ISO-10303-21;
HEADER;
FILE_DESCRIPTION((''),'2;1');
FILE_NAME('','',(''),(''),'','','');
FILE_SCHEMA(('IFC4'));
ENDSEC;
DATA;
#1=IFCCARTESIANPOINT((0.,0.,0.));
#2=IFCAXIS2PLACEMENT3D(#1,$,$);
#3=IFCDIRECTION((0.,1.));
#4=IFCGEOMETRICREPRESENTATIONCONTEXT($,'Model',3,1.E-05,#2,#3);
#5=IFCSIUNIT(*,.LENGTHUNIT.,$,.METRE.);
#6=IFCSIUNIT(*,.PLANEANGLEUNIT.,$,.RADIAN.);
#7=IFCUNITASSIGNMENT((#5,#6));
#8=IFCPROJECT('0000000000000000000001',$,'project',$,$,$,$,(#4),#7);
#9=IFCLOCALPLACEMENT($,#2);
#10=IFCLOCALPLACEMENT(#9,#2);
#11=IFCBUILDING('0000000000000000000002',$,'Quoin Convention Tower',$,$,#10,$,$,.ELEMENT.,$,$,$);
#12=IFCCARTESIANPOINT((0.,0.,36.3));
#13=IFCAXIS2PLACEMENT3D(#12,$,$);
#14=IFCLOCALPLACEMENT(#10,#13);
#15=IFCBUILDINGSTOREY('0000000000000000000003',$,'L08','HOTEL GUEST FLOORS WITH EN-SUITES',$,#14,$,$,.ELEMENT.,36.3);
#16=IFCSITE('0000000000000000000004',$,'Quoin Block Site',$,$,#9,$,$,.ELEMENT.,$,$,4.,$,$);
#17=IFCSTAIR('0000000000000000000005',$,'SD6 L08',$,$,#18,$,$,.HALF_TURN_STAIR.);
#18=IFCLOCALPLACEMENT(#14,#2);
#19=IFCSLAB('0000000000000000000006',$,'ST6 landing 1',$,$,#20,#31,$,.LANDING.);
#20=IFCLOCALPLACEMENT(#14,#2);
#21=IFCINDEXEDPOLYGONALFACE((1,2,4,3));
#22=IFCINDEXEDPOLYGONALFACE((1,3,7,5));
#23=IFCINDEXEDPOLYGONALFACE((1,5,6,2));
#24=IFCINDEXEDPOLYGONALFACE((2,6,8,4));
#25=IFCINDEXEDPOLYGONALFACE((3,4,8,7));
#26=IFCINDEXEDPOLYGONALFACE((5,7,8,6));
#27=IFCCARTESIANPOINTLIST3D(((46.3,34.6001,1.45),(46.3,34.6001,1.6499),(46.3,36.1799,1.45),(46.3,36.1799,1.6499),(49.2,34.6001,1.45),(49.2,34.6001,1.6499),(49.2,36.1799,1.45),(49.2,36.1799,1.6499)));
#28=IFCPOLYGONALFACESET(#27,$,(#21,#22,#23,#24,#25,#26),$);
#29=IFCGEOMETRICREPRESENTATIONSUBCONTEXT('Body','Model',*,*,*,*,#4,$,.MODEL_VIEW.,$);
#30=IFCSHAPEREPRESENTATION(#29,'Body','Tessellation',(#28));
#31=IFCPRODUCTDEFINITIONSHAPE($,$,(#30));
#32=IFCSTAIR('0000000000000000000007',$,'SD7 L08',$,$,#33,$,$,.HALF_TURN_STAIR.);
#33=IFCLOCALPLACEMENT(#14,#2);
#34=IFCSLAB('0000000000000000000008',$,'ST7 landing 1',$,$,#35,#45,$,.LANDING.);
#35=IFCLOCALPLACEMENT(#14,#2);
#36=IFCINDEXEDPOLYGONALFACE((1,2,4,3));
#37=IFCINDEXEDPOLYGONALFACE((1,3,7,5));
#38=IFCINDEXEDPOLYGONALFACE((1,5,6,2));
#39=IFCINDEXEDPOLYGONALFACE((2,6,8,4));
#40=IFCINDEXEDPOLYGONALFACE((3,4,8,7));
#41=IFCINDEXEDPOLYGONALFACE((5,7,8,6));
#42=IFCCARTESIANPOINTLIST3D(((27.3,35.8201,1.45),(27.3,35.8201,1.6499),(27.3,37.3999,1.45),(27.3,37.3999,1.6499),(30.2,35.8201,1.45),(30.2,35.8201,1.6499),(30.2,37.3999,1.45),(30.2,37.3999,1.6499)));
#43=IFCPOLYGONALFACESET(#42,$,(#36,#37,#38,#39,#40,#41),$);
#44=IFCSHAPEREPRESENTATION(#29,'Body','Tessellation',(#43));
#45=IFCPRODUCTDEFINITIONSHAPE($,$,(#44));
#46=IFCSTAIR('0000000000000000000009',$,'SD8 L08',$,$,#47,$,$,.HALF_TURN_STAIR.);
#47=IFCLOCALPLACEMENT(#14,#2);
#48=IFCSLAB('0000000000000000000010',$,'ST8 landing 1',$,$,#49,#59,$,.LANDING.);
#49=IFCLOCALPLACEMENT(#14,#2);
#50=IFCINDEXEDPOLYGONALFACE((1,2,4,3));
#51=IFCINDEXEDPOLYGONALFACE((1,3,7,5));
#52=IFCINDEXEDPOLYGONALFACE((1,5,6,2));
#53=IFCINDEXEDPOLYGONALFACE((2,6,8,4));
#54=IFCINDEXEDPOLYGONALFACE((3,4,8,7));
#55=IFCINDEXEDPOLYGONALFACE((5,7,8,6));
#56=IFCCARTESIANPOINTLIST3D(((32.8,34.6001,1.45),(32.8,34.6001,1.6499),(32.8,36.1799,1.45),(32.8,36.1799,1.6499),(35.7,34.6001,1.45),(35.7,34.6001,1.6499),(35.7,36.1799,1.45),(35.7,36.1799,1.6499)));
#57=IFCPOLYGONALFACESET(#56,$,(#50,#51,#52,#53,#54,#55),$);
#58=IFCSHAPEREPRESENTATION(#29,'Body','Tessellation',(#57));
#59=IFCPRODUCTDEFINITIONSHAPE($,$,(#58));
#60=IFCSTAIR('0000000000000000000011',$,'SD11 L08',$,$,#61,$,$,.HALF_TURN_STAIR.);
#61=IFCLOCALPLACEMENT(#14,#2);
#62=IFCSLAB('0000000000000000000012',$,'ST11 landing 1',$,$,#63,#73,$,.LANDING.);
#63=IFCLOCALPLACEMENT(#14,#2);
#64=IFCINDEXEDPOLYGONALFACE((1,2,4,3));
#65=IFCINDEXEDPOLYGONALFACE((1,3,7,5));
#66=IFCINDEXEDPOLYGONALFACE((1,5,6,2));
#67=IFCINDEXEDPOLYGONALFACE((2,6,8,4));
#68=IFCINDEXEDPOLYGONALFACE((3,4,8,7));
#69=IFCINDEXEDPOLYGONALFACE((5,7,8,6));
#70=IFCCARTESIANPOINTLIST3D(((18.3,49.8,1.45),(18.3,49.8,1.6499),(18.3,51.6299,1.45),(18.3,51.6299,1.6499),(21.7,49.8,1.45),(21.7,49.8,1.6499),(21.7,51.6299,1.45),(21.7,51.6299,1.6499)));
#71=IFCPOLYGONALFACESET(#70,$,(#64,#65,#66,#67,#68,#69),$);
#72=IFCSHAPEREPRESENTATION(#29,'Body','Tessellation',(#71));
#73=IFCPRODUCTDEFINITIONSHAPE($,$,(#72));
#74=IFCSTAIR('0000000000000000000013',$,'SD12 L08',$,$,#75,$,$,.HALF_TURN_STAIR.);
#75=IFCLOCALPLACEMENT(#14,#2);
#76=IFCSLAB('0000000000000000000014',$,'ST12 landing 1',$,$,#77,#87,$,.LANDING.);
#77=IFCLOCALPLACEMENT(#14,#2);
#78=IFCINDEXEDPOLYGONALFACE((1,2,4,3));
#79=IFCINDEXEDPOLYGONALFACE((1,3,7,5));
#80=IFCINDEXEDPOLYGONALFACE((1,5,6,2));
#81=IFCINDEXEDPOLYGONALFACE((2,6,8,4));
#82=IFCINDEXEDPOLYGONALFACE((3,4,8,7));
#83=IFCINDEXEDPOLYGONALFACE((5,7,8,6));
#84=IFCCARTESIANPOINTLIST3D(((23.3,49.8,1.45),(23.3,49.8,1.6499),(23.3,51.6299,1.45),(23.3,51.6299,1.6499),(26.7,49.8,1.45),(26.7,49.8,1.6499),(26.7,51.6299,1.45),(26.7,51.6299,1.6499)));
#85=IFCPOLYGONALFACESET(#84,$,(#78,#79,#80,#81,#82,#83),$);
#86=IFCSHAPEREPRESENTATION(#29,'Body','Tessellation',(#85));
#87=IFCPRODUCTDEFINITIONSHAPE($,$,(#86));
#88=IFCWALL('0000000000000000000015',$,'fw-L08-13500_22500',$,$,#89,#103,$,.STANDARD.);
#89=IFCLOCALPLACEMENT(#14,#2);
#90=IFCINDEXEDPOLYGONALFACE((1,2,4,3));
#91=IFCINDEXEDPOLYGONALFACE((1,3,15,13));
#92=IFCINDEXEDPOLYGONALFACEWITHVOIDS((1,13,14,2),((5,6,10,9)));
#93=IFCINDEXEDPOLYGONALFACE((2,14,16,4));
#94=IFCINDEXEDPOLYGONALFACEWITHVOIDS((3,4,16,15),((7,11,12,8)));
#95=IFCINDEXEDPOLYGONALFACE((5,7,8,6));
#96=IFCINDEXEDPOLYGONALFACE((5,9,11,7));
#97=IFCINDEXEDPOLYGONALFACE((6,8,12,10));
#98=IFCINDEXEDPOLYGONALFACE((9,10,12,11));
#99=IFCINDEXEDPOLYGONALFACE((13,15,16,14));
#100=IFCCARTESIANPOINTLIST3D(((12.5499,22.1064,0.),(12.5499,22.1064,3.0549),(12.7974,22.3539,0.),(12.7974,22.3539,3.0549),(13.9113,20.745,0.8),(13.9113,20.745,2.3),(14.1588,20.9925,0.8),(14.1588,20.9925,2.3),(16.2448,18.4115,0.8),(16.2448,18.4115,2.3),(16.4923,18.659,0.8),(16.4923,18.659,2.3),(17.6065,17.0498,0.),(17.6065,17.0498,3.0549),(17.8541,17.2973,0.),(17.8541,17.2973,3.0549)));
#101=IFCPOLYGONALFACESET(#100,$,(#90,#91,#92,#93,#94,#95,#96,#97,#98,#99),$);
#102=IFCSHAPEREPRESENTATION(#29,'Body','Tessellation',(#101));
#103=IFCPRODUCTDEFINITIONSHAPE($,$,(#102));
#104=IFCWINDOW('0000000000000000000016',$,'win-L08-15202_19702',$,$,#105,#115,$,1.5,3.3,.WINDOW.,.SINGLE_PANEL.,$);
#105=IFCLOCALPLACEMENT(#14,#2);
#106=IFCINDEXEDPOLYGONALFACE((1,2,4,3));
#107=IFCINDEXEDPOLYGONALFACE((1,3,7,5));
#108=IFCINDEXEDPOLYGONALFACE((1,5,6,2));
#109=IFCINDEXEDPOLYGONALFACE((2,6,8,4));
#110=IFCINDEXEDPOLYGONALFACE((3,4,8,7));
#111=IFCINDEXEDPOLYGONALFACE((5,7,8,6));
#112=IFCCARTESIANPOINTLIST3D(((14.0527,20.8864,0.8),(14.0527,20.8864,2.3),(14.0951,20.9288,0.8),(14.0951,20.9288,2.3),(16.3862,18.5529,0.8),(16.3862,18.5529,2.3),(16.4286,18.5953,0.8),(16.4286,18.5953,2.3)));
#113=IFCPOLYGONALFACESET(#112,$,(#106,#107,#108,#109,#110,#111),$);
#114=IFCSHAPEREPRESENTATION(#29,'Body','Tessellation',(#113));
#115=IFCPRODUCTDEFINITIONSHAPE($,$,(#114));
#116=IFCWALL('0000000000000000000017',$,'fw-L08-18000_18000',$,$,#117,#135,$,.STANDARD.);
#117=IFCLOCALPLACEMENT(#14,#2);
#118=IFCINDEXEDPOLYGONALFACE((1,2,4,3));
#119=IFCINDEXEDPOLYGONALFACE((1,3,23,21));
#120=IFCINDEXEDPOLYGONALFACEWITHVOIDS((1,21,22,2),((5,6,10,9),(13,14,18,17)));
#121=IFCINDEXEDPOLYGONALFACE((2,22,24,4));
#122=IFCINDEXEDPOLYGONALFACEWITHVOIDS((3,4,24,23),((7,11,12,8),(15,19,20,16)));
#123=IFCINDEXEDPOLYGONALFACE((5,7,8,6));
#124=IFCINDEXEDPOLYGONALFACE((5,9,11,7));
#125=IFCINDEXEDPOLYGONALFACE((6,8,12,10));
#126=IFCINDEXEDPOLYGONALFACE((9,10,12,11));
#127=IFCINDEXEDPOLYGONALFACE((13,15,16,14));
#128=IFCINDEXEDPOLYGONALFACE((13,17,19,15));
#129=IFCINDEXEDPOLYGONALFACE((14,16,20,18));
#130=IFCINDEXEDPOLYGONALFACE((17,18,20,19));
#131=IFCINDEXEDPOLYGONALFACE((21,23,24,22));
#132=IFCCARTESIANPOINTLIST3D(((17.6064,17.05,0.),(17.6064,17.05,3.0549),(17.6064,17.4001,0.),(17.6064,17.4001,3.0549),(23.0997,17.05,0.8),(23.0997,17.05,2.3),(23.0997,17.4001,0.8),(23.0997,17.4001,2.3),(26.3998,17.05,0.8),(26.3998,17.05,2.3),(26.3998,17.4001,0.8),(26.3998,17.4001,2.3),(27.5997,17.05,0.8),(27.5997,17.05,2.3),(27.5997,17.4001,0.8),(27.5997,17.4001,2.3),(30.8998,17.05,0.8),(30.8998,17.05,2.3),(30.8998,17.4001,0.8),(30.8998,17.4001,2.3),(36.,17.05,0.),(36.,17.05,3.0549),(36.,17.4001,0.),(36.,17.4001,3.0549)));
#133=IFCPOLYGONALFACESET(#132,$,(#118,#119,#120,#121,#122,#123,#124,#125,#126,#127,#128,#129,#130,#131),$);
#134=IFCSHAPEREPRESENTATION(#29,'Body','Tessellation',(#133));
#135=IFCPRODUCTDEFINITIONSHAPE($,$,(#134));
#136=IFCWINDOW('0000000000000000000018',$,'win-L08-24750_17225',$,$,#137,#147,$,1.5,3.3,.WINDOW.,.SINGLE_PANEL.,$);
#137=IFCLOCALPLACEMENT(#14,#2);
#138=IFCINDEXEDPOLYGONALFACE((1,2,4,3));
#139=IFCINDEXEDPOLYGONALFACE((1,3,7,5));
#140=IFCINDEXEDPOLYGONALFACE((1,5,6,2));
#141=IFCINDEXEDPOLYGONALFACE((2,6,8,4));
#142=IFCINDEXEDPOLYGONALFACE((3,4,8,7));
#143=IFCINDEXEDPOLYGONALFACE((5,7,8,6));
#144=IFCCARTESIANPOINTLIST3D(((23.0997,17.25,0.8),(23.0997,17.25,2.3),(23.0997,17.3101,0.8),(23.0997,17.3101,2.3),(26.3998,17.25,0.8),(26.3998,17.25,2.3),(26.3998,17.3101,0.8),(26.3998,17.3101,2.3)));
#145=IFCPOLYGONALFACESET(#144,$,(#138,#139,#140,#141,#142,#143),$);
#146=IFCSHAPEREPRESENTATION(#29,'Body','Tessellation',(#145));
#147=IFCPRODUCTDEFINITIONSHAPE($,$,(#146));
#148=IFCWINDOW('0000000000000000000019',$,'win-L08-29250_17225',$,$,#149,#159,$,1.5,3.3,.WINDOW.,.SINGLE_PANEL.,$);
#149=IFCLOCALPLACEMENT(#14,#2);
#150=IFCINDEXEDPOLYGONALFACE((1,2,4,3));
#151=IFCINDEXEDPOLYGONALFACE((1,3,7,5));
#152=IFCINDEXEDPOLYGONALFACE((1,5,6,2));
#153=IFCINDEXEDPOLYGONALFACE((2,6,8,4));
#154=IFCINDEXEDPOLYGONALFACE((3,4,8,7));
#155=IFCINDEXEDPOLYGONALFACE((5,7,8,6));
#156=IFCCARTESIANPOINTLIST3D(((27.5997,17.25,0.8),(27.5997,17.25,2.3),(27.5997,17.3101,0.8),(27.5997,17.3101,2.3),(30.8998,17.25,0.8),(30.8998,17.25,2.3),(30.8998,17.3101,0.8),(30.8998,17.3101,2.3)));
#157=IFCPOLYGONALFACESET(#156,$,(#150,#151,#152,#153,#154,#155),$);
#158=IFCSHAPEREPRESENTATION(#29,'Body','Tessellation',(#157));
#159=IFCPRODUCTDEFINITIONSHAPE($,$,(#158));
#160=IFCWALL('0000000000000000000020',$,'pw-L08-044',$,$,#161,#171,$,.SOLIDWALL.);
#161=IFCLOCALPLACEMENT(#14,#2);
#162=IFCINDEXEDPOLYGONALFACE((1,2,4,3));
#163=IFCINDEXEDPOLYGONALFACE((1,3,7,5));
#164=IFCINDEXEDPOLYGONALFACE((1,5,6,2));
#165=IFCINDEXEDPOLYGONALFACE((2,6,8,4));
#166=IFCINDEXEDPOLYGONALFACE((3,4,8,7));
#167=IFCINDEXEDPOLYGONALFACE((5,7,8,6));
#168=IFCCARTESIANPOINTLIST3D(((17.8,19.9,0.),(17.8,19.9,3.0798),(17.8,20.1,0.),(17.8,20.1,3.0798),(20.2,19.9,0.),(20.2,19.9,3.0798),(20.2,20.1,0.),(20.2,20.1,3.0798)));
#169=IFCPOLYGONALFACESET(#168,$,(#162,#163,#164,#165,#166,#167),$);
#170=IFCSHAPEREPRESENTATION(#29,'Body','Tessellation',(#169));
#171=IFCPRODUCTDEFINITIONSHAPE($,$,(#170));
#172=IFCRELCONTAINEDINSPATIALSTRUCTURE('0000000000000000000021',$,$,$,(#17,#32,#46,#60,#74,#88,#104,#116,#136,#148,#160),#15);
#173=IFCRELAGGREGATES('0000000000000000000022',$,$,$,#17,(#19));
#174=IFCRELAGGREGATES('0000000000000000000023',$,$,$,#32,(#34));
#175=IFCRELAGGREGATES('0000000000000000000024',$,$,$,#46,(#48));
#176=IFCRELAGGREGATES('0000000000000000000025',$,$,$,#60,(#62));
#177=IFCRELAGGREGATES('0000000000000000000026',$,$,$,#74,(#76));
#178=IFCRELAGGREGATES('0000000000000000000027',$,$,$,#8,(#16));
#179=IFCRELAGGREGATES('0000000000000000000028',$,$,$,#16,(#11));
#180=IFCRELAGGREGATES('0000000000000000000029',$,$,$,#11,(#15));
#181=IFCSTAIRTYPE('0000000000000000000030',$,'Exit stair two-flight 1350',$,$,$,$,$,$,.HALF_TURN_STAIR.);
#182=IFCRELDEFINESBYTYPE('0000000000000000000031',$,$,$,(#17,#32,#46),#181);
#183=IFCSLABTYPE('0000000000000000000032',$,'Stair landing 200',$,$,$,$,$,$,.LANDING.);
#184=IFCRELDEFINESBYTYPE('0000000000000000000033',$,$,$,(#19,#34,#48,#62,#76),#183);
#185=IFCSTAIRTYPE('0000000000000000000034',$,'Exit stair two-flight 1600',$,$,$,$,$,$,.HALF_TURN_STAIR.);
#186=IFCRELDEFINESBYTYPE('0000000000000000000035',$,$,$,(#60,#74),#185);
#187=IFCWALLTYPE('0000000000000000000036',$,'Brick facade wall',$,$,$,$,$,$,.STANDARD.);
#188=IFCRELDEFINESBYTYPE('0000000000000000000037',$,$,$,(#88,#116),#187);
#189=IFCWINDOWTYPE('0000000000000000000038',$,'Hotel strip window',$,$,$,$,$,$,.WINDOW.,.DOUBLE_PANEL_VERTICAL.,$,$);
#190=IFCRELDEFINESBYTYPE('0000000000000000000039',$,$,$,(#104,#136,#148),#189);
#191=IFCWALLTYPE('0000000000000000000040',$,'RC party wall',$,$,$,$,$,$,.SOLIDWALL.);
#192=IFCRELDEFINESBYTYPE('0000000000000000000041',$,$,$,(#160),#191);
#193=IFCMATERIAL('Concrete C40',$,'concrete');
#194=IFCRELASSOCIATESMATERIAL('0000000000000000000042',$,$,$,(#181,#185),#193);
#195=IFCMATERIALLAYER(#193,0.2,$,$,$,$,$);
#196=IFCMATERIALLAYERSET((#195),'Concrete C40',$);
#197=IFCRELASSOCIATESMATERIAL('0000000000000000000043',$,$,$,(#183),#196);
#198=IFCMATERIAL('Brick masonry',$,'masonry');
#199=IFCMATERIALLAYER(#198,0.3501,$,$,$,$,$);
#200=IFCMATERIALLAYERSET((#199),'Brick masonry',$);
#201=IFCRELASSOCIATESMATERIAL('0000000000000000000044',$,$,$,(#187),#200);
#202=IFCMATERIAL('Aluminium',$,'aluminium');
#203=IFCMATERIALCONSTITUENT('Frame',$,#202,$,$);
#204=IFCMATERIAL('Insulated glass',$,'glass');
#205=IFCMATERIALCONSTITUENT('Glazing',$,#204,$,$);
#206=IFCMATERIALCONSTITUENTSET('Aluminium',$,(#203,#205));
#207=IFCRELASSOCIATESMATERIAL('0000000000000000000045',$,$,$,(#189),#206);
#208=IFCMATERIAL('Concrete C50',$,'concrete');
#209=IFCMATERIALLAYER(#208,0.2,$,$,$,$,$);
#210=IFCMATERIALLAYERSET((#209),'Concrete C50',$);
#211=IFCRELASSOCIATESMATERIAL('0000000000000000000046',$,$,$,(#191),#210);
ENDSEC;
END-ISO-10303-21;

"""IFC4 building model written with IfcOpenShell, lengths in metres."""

from ifc_helpers import new_model, si_unit, direction, frame, frame_2d, origin, place, context, subcontext, project, spatial, polyline, rectangle, outline, extrude, material, layer, layer_set, constituent, constituent_set, type_object, element, fill, aggregate, save


model = new_model("IFC4")

# Units and contexts
model_context = context("Model", 3, precision=1e-05, world=origin(), true_north=direction((0.0, 1.0)))
body_context = subcontext(model_context, "Body", "Model", "MODEL_VIEW")
ifc_project = project(units=[si_unit("LENGTHUNIT", "METRE"), si_unit("PLANEANGLEUNIT", "RADIAN")], contexts=[model_context])

# Site, building, storey
site_placement = place(None, origin())
site = spatial("IfcSite", under=ifc_project, at=site_placement, Name="Quoin Block Site", CompositionType="ELEMENT", RefElevation=4.0)
building_placement = place(site_placement, origin())
building = spatial("IfcBuilding", under=site, at=building_placement, Name="Quoin Convention Tower", CompositionType="ELEMENT")
storey_placement = place(building_placement, frame((0.0, 0.0, 36.3)))
storey = spatial("IfcBuildingStorey", under=building, at=storey_placement, Name="L08", Description="HOTEL GUEST FLOORS WITH EN-SUITES", CompositionType="ELEMENT", Elevation=36.3)

# Shared definitions
ifc_material_1 = material(Name="Concrete C50", Category="concrete")

# Stairs, slabs
ifc_material_2 = material(Name="Concrete C40", Category="concrete")
stair_type_1 = type_object("IfcStairType", Name="Exit stair two-flight 1350", PredefinedType="HALF_TURN_STAIR", material=ifc_material_2)
ifc_layer_1 = layer(ifc_material_2, 0.2)
ifc_layer_set_1 = layer_set([ifc_layer_1], Name="Concrete C40")
slab_type_1 = type_object("IfcSlabType", Name="Stair landing 200", PredefinedType="LANDING", material=ifc_layer_set_1)
stair_1_placement = place(storey_placement, origin())
stair_1 = element("IfcStair", 1, at=stair_1_placement, inside=storey, type_object=stair_type_1, Name="SD6 L08", PredefinedType="HALF_TURN_STAIR")
slab_1_placement = place(storey_placement, frame((0.0, 0.0, 1.45)))
slab_1 = element("IfcSlab", 2, at=slab_1_placement, type_object=slab_type_1, Name="ST6 landing 1", PredefinedType="LANDING", context=body_context, shape_type="SweptSolid", body=[
    extrude(outline(polyline([(49.2, 36.1799), (46.3, 36.1799), (46.3, 34.6001), (49.2, 34.6001), (49.2, 36.1799)])), origin(), (0.0, 0.0, 1.0), 0.2),
])
aggregate(stair_1, [slab_1])
stair_2_placement = place(storey_placement, origin())
stair_2 = element("IfcStair", 3, at=stair_2_placement, inside=storey, type_object=stair_type_1, Name="SD7 L08", PredefinedType="HALF_TURN_STAIR")
slab_2_placement = place(storey_placement, frame((0.0, 0.0, 1.45)))
slab_2 = element("IfcSlab", 4, at=slab_2_placement, type_object=slab_type_1, Name="ST7 landing 1", PredefinedType="LANDING", context=body_context, shape_type="SweptSolid", body=[
    extrude(outline(polyline([(27.3, 35.8201), (30.2, 35.8201), (30.2, 37.3999), (27.3, 37.3999), (27.3, 35.8201)])), origin(), (0.0, 0.0, 1.0), 0.2),
])
aggregate(stair_2, [slab_2])
stair_3_placement = place(storey_placement, origin())
stair_3 = element("IfcStair", 5, at=stair_3_placement, inside=storey, type_object=stair_type_1, Name="SD8 L08", PredefinedType="HALF_TURN_STAIR")
slab_3_placement = place(storey_placement, frame((0.0, 0.0, 1.45)))
slab_3 = element("IfcSlab", 6, at=slab_3_placement, type_object=slab_type_1, Name="ST8 landing 1", PredefinedType="LANDING", context=body_context, shape_type="SweptSolid", body=[
    extrude(outline(polyline([(35.7, 36.1799), (32.8, 36.1799), (32.8, 34.6001), (35.7, 34.6001), (35.7, 36.1799)])), origin(), (0.0, 0.0, 1.0), 0.2),
])
aggregate(stair_3, [slab_3])
stair_type_2 = type_object("IfcStairType", Name="Exit stair two-flight 1600", PredefinedType="HALF_TURN_STAIR", material=ifc_material_2)
stair_4_placement = place(storey_placement, origin())
stair_4 = element("IfcStair", 7, at=stair_4_placement, inside=storey, type_object=stair_type_2, Name="SD11 L08", PredefinedType="HALF_TURN_STAIR")
slab_4_placement = place(storey_placement, frame((0.0, 0.0, 1.45)))
slab_4 = element("IfcSlab", 8, at=slab_4_placement, type_object=slab_type_1, Name="ST11 landing 1", PredefinedType="LANDING", context=body_context, shape_type="SweptSolid", body=[
    extrude(outline(polyline([(21.7, 51.6299), (18.3, 51.6299), (18.3, 49.8), (21.7, 49.8), (21.7, 51.6299)])), origin(), (0.0, 0.0, 1.0), 0.2),
])
aggregate(stair_4, [slab_4])
stair_5_placement = place(storey_placement, origin())
stair_5 = element("IfcStair", 9, at=stair_5_placement, inside=storey, type_object=stair_type_2, Name="SD12 L08", PredefinedType="HALF_TURN_STAIR")
slab_5_placement = place(storey_placement, frame((0.0, 0.0, 1.45)))
slab_5 = element("IfcSlab", 10, at=slab_5_placement, type_object=slab_type_1, Name="ST12 landing 1", PredefinedType="LANDING", context=body_context, shape_type="SweptSolid", body=[
    extrude(outline(polyline([(26.7, 51.6299), (23.3, 51.6299), (23.3, 49.8), (26.7, 49.8), (26.7, 51.6299)])), origin(), (0.0, 0.0, 1.0), 0.2),
])
aggregate(stair_5, [slab_5])

# Wall, opening, window
ifc_material_3 = material(Name="Brick masonry", Category="masonry")
ifc_layer_2 = layer(ifc_material_3, 0.3501)
ifc_layer_set_2 = layer_set([ifc_layer_2], Name="Brick masonry")
wall_type_1 = type_object("IfcWallType", Name="Brick facade wall", PredefinedType="STANDARD", material=ifc_layer_set_2)
wall_1_placement = place(storey_placement, frame((12.6736, 22.2302, 0.0), z_axis=(0.0, 0.0, 1.0), x_axis=(0.707107, -0.707107, 0.0)))
wall_1 = element("IfcWall", 11, at=wall_1_placement, inside=storey, type_object=wall_type_1, Name="fw-L08-13500_22500", PredefinedType="STANDARD", context=body_context, shape_type="SweptSolid", body=[
    extrude(rectangle(XDim=7.1511, YDim=0.3501, at=frame_2d((3.5757, 0.0))), origin(), (0.0, 0.0, 1.0), 3.0549),
])
opening_1_placement = place(wall_1_placement, frame((1.9255, 0.0, 0.8)))
opening_1 = element("IfcOpeningElement", 12, at=opening_1_placement, cuts=wall_1, PredefinedType="OPENING", context=body_context, shape_type="SweptSolid", body=[
    extrude(rectangle(XDim=3.3, YDim=1.5, at=frame_2d((1.6499, 0.75))), frame((0.0, 0.1851, 0.0), z_axis=(0.0, -1.0, 0.0), x_axis=(1.0, 0.0, 0.0)), (0.0, 0.0, 1.0), 0.3701),
])
ifc_material_4 = material(Name="Aluminium", Category="aluminium")
ifc_constituent_1 = constituent(ifc_material_4, Name="Frame")
ifc_material_5 = material(Name="Insulated glass", Category="glass")
ifc_constituent_2 = constituent(ifc_material_5, Name="Glazing")
ifc_constituent_set = constituent_set(constituents=[ifc_constituent_1, ifc_constituent_2], Name="Aluminium")
window_type = type_object("IfcWindowType", Name="Hotel strip window", PartitioningType="DOUBLE_PANEL_VERTICAL", PredefinedType="WINDOW", material=ifc_constituent_set)
window_1_placement = place(opening_1_placement, origin())
window_1 = element("IfcWindow", 13, at=window_1_placement, inside=storey, type_object=window_type, Name="win-L08-15202_19702", OverallHeight=1.5, OverallWidth=3.3, PartitioningType="SINGLE_PANEL", PredefinedType="WINDOW", context=body_context, shape_type="SweptSolid", body=[
    extrude(rectangle(XDim=3.3, YDim=1.5, at=frame_2d((1.6499, 0.75))), frame((0.0, 0.085, 0.0), z_axis=(0.0, -1.0, 0.0), x_axis=(1.0, 0.0, 0.0)), (0.0, 0.0, 1.0), 0.0601),
])
fill(opening_1, window_1)

# Wall, openings, windows
wall_2_placement = place(storey_placement, frame((17.6064, 17.2251, 0.0), z_axis=(0.0, 0.0, 1.0), x_axis=(1.0, 0.0, 0.0)))
wall_2 = element("IfcWall", 14, at=wall_2_placement, inside=storey, type_object=wall_type_1, Name="fw-L08-18000_18000", PredefinedType="STANDARD", context=body_context, shape_type="SweptSolid", body=[
    extrude(rectangle(XDim=18.3936, YDim=0.3501, at=frame_2d((9.1968, 0.0))), origin(), (0.0, 0.0, 1.0), 3.0549),
])
opening_2_placement = place(wall_2_placement, frame((5.4934, 0.0, 0.8)))
opening_2 = element("IfcOpeningElement", 15, at=opening_2_placement, cuts=wall_2, PredefinedType="OPENING", context=body_context, shape_type="SweptSolid", body=[
    extrude(rectangle(XDim=3.3, YDim=1.5, at=frame_2d((1.6499, 0.75))), frame((0.0, 0.1851, 0.0), z_axis=(0.0, -1.0, 0.0), x_axis=(1.0, 0.0, 0.0)), (0.0, 0.0, 1.0), 0.3701),
])
opening_3_placement = place(wall_2_placement, frame((9.9934, 0.0, 0.8)))
opening_3 = element("IfcOpeningElement", 16, at=opening_3_placement, cuts=wall_2, PredefinedType="OPENING", context=body_context, shape_type="SweptSolid", body=[
    extrude(rectangle(XDim=3.3, YDim=1.5, at=frame_2d((1.6499, 0.75))), frame((0.0, 0.1851, 0.0), z_axis=(0.0, -1.0, 0.0), x_axis=(1.0, 0.0, 0.0)), (0.0, 0.0, 1.0), 0.3701),
])
window_2_placement = place(opening_2_placement, origin())
window_2 = element("IfcWindow", 17, at=window_2_placement, inside=storey, type_object=window_type, Name="win-L08-24750_17225", OverallHeight=1.5, OverallWidth=3.3, PartitioningType="SINGLE_PANEL", PredefinedType="WINDOW", context=body_context, shape_type="SweptSolid", body=[
    extrude(rectangle(XDim=3.3, YDim=1.5, at=frame_2d((1.6499, 0.75))), frame((0.0, 0.085, 0.0), z_axis=(0.0, -1.0, 0.0), x_axis=(1.0, 0.0, 0.0)), (0.0, 0.0, 1.0), 0.0601),
])
fill(opening_2, window_2)
window_3_placement = place(opening_3_placement, origin())
window_3 = element("IfcWindow", 18, at=window_3_placement, inside=storey, type_object=window_type, Name="win-L08-29250_17225", OverallHeight=1.5, OverallWidth=3.3, PartitioningType="SINGLE_PANEL", PredefinedType="WINDOW", context=body_context, shape_type="SweptSolid", body=[
    extrude(rectangle(XDim=3.3, YDim=1.5, at=frame_2d((1.6499, 0.75))), frame((0.0, 0.085, 0.0), z_axis=(0.0, -1.0, 0.0), x_axis=(1.0, 0.0, 0.0)), (0.0, 0.0, 1.0), 0.0601),
])
fill(opening_3, window_3)

# Wall
ifc_layer_3 = layer(ifc_material_1, 0.2)
ifc_layer_set_3 = layer_set([ifc_layer_3], Name="Concrete C50")
wall_type_2 = type_object("IfcWallType", Name="RC party wall", PredefinedType="SOLIDWALL", material=ifc_layer_set_3)
wall_3_placement = place(storey_placement, frame((17.8, 20.0, 0.0), z_axis=(0.0, 0.0, 1.0), x_axis=(1.0, 0.0, 0.0)))
element("IfcWall", 19, at=wall_3_placement, inside=storey, type_object=wall_type_2, Name="pw-L08-044", PredefinedType="SOLIDWALL", context=body_context, shape_type="SweptSolid", body=[
    extrude(rectangle(XDim=2.3999, YDim=0.2, at=frame_2d((1.2, 0.0))), origin(), (0.0, 0.0, 1.0), 3.0798),
])

save(model, "model.ifc")
